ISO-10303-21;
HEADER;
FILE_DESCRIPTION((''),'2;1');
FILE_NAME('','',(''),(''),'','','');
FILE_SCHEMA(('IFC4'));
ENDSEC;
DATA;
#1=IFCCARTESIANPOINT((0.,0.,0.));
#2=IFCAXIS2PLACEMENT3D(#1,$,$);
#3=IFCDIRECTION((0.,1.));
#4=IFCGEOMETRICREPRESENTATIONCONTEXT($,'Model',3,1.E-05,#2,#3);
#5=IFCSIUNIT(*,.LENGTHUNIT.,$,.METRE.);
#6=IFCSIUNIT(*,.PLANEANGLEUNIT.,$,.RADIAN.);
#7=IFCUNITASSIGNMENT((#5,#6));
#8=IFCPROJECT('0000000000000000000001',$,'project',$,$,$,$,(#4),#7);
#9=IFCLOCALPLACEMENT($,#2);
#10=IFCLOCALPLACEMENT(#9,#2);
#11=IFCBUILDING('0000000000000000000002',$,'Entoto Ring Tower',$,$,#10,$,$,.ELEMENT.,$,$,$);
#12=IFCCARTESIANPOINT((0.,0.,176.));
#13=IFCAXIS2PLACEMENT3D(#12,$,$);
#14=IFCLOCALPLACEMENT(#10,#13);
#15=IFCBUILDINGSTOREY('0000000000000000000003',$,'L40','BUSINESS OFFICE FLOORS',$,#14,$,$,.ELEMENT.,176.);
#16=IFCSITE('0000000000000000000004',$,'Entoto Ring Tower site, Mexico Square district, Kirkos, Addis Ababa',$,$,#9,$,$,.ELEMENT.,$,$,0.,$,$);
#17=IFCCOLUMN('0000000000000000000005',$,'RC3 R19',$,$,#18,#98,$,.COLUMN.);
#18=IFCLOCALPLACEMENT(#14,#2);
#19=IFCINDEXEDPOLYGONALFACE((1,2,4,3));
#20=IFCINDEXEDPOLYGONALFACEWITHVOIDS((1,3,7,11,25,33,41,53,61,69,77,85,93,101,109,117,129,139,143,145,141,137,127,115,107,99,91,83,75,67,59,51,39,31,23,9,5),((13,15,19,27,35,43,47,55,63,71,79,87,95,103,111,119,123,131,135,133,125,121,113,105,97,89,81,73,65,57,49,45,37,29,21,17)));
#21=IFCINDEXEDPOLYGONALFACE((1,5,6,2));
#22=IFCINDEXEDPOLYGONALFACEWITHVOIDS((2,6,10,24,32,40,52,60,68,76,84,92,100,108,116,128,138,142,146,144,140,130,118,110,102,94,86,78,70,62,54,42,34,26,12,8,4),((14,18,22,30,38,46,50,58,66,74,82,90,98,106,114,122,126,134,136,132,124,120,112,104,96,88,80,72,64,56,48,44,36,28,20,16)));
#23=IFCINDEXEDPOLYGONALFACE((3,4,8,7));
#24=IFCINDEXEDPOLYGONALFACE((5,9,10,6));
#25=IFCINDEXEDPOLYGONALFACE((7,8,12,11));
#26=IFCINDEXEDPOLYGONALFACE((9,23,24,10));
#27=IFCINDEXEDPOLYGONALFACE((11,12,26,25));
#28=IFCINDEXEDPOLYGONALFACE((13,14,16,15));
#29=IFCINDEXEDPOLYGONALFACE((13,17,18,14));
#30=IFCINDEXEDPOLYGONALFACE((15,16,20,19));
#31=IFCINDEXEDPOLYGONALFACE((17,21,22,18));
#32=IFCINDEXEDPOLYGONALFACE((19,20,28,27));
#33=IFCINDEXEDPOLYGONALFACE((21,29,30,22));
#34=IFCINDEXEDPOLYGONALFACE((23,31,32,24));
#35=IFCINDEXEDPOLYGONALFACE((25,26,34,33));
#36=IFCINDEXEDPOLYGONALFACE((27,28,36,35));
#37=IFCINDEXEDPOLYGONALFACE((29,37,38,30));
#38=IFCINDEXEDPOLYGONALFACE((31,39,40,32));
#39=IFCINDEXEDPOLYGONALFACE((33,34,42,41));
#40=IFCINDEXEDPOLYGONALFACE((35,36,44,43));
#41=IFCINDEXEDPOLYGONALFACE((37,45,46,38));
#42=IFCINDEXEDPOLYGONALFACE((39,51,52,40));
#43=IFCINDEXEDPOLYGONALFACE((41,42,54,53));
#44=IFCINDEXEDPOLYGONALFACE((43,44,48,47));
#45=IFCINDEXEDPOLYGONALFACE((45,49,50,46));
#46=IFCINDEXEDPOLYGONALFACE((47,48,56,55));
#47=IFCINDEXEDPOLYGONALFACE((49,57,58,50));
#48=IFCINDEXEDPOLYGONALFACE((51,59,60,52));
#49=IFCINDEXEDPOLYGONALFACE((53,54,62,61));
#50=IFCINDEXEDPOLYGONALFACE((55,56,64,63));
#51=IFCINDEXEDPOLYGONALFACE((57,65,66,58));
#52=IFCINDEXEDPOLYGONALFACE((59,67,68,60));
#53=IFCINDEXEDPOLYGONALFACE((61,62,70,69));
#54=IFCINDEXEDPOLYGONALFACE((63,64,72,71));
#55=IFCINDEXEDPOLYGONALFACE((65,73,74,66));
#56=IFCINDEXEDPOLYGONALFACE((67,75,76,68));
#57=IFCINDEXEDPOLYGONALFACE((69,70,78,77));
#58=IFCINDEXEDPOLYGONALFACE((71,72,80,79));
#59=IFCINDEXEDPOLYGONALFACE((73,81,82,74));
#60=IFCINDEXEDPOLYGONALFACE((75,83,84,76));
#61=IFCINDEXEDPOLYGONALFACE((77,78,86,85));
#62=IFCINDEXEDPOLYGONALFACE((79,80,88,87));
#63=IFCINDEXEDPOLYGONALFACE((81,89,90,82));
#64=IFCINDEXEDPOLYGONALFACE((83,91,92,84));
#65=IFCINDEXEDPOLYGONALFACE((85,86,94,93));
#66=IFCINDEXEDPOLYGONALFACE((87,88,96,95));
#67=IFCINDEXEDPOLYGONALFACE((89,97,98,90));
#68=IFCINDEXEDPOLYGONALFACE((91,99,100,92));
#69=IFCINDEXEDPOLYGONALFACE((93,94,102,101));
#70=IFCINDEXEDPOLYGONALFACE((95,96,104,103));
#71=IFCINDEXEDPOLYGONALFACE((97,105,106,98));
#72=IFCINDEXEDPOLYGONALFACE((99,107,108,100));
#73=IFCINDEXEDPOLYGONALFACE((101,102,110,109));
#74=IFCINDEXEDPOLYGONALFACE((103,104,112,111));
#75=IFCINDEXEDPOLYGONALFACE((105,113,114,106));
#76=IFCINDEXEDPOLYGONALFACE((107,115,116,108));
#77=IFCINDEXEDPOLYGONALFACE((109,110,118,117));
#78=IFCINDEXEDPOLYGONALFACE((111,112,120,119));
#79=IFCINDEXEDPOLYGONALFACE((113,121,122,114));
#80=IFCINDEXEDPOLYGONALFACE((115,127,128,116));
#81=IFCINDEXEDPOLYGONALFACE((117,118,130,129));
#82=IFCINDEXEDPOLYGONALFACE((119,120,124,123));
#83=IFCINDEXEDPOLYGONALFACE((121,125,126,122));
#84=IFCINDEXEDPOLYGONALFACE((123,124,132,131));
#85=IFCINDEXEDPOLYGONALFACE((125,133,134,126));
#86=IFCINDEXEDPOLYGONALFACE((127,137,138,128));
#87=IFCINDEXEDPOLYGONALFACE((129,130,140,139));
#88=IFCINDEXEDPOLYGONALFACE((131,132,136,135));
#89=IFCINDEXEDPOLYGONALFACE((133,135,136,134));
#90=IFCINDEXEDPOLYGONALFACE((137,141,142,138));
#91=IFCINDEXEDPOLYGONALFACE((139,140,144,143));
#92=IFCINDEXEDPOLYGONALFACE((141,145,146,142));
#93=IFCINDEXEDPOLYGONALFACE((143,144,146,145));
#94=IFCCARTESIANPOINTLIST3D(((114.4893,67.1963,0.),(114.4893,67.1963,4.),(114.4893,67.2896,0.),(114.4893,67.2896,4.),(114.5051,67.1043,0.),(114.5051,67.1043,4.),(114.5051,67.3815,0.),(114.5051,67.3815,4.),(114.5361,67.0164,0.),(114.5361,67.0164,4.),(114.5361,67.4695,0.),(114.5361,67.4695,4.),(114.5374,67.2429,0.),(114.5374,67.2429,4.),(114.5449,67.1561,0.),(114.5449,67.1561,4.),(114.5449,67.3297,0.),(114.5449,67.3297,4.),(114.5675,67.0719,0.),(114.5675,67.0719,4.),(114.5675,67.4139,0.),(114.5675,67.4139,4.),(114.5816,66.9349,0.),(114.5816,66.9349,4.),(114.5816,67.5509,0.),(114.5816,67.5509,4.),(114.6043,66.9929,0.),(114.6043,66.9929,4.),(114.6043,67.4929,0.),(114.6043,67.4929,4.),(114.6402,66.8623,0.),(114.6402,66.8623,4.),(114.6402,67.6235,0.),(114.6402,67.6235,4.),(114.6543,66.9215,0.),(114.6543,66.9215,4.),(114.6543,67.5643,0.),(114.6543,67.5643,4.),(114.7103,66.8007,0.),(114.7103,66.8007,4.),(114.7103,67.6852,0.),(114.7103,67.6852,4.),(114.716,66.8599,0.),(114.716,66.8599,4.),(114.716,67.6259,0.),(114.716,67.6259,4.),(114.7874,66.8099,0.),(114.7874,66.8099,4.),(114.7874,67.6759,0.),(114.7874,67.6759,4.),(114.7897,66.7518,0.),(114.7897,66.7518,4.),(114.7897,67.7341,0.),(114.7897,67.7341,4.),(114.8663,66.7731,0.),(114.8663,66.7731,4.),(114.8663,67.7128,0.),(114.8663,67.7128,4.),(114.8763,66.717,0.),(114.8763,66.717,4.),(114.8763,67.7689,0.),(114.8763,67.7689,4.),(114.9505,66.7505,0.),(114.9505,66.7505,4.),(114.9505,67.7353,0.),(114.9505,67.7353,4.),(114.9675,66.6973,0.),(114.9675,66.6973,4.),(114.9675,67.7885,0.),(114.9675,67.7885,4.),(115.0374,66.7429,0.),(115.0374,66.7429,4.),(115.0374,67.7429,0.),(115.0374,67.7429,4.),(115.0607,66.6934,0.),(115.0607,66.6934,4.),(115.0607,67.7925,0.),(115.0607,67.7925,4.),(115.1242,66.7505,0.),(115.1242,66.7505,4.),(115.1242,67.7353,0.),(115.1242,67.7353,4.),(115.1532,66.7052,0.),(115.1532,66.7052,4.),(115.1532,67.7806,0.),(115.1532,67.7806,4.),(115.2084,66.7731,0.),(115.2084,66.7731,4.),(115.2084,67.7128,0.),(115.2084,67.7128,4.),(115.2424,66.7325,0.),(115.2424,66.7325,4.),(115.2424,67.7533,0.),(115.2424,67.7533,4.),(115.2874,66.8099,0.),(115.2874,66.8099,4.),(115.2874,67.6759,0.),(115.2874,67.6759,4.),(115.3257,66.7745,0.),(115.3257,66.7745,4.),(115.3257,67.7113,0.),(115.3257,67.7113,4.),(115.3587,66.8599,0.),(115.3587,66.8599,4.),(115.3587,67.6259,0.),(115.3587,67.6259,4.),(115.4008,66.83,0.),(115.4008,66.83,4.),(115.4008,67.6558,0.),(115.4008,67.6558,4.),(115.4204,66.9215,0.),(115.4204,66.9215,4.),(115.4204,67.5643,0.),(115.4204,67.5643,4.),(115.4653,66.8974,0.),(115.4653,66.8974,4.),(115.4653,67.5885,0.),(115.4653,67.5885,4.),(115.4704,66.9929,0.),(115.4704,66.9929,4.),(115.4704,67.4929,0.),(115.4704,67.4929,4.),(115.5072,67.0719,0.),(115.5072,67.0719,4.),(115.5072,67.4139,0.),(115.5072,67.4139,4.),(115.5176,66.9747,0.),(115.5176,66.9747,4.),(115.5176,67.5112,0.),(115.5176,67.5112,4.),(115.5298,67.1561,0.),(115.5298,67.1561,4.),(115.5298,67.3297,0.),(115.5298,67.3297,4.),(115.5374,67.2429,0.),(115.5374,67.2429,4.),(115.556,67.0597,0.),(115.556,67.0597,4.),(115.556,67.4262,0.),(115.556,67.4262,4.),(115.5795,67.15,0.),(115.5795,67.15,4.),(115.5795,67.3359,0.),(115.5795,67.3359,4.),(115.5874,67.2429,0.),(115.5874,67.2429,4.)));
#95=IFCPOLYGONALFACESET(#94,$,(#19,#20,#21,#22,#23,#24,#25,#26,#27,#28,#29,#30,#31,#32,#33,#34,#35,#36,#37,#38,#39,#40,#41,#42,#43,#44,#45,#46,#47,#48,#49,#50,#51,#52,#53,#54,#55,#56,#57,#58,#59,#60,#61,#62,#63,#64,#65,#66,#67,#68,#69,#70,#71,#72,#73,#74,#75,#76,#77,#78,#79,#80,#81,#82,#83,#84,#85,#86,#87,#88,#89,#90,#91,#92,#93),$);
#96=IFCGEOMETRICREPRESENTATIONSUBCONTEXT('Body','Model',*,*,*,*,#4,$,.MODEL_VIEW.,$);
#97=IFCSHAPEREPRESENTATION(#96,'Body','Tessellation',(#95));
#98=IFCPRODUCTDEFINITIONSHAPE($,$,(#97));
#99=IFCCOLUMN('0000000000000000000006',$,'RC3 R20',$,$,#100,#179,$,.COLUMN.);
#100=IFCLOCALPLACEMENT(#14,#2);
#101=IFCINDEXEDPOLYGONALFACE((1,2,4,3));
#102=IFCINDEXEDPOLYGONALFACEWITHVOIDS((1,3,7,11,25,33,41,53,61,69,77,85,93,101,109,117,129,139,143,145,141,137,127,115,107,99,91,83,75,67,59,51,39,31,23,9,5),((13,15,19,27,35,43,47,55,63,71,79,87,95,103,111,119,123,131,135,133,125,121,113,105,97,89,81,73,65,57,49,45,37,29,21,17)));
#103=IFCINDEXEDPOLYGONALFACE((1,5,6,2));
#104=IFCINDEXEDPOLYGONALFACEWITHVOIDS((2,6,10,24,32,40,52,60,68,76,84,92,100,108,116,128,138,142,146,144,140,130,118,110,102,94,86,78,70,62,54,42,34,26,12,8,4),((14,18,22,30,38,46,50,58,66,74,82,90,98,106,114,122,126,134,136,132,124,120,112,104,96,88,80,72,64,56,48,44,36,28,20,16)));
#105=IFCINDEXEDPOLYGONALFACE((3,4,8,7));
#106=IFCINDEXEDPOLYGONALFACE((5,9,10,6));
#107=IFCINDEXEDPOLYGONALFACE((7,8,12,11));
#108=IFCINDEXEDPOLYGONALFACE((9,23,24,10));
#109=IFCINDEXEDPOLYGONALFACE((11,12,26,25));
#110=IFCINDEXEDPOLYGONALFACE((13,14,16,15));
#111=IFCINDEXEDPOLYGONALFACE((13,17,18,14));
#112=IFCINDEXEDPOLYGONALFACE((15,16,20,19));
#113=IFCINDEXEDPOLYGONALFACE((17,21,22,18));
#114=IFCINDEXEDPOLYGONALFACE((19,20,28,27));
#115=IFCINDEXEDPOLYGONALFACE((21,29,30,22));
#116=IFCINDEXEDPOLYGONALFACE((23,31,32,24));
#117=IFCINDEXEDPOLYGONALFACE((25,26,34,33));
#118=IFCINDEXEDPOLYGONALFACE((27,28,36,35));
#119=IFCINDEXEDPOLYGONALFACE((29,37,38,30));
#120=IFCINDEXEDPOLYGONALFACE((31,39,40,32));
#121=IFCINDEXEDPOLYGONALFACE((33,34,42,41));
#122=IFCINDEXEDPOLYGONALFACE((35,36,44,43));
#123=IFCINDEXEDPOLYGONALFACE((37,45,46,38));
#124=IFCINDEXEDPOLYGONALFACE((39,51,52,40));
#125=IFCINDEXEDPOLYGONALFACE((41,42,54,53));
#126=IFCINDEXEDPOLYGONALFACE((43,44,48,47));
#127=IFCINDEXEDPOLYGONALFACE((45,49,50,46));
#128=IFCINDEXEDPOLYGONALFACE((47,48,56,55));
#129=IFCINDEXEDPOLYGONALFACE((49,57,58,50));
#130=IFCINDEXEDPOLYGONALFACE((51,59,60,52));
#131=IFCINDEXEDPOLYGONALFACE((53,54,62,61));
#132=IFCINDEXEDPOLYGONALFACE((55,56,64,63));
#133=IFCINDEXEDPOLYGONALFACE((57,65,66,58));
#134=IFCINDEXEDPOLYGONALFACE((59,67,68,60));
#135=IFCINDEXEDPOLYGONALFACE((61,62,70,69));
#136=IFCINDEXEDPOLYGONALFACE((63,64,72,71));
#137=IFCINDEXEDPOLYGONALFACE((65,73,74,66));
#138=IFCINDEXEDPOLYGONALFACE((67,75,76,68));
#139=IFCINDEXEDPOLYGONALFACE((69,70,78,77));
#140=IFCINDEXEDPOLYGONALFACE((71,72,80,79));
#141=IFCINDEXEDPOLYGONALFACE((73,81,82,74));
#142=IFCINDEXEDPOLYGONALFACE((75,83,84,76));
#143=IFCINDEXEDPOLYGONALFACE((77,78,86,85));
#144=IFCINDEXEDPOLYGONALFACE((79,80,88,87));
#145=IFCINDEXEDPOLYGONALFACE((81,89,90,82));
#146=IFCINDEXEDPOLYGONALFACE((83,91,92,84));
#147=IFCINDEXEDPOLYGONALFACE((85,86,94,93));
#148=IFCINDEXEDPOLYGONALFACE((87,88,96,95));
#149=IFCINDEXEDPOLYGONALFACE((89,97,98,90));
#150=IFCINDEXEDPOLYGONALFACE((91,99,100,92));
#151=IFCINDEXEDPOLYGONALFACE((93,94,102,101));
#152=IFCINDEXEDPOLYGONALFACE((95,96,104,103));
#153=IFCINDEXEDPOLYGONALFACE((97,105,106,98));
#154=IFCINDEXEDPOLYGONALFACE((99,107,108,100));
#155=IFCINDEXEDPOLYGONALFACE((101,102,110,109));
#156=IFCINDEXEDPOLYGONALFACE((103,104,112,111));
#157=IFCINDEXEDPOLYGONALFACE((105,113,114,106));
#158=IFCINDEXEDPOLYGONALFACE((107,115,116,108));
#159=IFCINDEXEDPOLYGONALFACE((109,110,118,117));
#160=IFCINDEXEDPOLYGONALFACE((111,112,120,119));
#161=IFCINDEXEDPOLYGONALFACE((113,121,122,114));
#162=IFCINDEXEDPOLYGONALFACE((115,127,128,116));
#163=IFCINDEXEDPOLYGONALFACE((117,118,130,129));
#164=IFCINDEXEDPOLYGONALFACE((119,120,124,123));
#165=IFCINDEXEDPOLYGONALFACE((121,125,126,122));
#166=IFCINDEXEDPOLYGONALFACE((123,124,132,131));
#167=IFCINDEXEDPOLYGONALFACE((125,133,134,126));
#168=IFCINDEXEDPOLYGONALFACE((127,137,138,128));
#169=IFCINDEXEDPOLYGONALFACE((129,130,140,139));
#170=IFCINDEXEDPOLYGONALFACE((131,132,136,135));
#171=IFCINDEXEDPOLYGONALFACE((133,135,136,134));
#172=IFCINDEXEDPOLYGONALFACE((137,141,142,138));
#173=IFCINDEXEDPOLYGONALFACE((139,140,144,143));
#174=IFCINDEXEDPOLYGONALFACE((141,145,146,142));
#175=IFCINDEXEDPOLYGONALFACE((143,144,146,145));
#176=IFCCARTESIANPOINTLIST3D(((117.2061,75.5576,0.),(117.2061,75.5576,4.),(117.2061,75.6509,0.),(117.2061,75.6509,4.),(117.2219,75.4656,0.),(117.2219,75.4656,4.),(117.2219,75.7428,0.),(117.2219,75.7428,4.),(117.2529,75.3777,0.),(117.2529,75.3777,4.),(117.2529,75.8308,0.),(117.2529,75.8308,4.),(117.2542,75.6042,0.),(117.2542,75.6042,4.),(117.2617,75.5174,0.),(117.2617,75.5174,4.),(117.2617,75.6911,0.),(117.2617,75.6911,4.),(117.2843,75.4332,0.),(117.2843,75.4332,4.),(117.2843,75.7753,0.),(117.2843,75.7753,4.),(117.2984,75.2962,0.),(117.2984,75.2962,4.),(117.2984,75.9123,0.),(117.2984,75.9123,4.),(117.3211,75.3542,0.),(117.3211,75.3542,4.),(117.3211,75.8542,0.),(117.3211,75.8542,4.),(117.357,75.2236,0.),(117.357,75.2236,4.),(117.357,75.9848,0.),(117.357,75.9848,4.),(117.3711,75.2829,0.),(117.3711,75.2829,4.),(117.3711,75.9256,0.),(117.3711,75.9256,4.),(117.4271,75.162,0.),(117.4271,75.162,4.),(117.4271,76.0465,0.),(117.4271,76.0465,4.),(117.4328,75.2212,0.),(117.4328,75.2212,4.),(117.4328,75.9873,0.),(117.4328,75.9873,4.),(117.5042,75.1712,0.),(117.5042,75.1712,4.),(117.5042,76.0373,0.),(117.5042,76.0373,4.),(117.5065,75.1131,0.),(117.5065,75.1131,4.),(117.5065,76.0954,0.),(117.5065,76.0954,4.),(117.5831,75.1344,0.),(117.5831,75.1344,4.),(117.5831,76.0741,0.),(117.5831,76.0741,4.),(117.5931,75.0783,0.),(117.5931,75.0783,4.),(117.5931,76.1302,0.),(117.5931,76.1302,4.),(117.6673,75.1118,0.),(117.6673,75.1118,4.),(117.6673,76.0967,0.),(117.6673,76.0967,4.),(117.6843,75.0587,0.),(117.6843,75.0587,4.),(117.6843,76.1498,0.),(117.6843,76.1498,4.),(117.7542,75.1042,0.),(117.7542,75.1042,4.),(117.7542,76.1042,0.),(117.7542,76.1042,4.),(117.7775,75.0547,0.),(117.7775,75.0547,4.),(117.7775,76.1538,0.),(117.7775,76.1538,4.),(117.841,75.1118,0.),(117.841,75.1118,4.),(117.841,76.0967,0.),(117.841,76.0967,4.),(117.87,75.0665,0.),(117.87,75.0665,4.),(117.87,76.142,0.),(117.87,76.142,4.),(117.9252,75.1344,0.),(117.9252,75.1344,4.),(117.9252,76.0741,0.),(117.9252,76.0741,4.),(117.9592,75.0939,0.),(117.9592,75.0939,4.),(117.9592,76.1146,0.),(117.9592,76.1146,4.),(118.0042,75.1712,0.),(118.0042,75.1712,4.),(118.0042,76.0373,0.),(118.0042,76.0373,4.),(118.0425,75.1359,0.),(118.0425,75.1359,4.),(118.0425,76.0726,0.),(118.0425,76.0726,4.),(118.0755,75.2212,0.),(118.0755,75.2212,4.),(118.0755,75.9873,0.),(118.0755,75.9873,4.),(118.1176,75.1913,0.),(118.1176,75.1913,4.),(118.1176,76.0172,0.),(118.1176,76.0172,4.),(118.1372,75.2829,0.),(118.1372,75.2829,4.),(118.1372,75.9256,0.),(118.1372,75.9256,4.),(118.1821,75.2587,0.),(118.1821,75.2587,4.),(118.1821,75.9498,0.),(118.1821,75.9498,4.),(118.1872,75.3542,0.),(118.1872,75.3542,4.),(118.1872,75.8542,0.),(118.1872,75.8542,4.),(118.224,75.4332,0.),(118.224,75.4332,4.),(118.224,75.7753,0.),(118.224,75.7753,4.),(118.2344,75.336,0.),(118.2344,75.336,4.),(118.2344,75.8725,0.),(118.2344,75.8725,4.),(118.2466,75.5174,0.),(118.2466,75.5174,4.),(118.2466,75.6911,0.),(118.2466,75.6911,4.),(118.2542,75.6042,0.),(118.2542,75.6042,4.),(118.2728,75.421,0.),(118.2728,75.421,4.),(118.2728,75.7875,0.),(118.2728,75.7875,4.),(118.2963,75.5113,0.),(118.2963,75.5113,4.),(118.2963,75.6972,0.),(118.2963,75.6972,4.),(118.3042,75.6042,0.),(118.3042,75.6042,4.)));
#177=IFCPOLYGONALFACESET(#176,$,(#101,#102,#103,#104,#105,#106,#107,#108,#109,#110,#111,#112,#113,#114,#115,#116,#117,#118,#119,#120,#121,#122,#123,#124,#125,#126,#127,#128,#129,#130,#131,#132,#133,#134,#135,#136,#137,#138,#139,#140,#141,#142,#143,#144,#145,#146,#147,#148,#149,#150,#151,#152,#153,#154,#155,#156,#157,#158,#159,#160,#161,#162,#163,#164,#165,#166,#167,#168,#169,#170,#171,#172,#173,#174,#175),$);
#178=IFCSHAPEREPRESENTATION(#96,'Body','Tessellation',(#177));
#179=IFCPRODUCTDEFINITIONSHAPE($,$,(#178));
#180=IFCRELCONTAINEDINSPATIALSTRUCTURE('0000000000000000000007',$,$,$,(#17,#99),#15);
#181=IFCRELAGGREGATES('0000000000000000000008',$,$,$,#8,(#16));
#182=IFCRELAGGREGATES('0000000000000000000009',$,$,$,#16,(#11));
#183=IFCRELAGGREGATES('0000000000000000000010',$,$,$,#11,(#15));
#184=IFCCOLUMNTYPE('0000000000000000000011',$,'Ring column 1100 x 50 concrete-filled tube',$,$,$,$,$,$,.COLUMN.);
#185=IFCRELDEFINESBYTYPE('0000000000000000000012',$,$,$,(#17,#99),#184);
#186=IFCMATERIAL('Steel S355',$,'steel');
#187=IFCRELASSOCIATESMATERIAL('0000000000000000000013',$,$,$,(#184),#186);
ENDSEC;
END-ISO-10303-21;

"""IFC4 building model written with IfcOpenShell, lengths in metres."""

from ifc_helpers import new_model, si_unit, direction, frame, origin, origin_2d, place, context, subcontext, project, spatial, circle, hollow_circle, extrude, material, material_profile, profile_set, type_object, element, save


model = new_model("IFC4")

# Units and contexts
model_context = context("Model", 3, precision=1e-05, world=origin(), true_north=direction((0.0, 1.0)))
body_context = subcontext(model_context, "Body", "Model", "MODEL_VIEW")
ifc_project = project(units=[si_unit("LENGTHUNIT", "METRE"), si_unit("PLANEANGLEUNIT", "RADIAN")], contexts=[model_context])

# Site, building, storey
site_placement = place(None, origin())
site = spatial("IfcSite", under=ifc_project, at=site_placement, Name="Entoto Ring Tower site, Mexico Square district, Kirkos, Addis Ababa", CompositionType="ELEMENT", RefElevation=0.0)
building_placement = place(site_placement, origin())
building = spatial("IfcBuilding", under=site, at=building_placement, Name="Entoto Ring Tower", CompositionType="ELEMENT")
storey_placement = place(building_placement, frame((0.0, 0.0, 176.0)))
storey = spatial("IfcBuildingStorey", under=building, at=storey_placement, Name="L40", Description="BUSINESS OFFICE FLOORS", CompositionType="ELEMENT", Elevation=176.0)

# Columns
ifc_material_1 = material(Name="Steel S355", Category="steel")
ifc_material_profile_1 = material_profile(ifc_material_1, hollow_circle(Radius=0.55, WallThickness=0.05, at=origin_2d()), Name="CHS 1100 x 50")
ifc_material_2 = material(Name="Concrete C60/75", Category="concrete")
ifc_material_profile_2 = material_profile(ifc_material_2, circle(Radius=0.5, at=origin_2d()), Name="Concrete C60/75 infill")
ifc_profile_set_1 = profile_set([ifc_material_profile_1, ifc_material_profile_2], Name="Steel S355")
column_type = type_object("IfcColumnType", Name="Ring column 1100 x 50 concrete-filled tube", PredefinedType="COLUMN", material=ifc_profile_set_1)
for number, where, z_axis, x_axis, name in (
    (1, (115.0374, 67.2429, 0.0), (0.0, 0.0, 1.0), (1.0, 0.0, 0.0), "RC3 R19"),
    (2, (117.7542, 75.6042, 0.0), (0.0, 0.0, 1.0), (1.0, 0.0, 0.0), "RC3 R20"),
):
    element("IfcColumn", number, at=place(storey_placement, frame(where, z_axis=z_axis, x_axis=x_axis)), inside=storey, type_object=column_type, Name=name, PredefinedType="COLUMN", context=body_context, shape_type="SweptSolid", body=[
        extrude(hollow_circle(Radius=0.55, WallThickness=0.05, at=origin_2d()), origin(), (0.0, 0.0, 1.0), 4.0),
    ])

save(model, "model.ifc")
